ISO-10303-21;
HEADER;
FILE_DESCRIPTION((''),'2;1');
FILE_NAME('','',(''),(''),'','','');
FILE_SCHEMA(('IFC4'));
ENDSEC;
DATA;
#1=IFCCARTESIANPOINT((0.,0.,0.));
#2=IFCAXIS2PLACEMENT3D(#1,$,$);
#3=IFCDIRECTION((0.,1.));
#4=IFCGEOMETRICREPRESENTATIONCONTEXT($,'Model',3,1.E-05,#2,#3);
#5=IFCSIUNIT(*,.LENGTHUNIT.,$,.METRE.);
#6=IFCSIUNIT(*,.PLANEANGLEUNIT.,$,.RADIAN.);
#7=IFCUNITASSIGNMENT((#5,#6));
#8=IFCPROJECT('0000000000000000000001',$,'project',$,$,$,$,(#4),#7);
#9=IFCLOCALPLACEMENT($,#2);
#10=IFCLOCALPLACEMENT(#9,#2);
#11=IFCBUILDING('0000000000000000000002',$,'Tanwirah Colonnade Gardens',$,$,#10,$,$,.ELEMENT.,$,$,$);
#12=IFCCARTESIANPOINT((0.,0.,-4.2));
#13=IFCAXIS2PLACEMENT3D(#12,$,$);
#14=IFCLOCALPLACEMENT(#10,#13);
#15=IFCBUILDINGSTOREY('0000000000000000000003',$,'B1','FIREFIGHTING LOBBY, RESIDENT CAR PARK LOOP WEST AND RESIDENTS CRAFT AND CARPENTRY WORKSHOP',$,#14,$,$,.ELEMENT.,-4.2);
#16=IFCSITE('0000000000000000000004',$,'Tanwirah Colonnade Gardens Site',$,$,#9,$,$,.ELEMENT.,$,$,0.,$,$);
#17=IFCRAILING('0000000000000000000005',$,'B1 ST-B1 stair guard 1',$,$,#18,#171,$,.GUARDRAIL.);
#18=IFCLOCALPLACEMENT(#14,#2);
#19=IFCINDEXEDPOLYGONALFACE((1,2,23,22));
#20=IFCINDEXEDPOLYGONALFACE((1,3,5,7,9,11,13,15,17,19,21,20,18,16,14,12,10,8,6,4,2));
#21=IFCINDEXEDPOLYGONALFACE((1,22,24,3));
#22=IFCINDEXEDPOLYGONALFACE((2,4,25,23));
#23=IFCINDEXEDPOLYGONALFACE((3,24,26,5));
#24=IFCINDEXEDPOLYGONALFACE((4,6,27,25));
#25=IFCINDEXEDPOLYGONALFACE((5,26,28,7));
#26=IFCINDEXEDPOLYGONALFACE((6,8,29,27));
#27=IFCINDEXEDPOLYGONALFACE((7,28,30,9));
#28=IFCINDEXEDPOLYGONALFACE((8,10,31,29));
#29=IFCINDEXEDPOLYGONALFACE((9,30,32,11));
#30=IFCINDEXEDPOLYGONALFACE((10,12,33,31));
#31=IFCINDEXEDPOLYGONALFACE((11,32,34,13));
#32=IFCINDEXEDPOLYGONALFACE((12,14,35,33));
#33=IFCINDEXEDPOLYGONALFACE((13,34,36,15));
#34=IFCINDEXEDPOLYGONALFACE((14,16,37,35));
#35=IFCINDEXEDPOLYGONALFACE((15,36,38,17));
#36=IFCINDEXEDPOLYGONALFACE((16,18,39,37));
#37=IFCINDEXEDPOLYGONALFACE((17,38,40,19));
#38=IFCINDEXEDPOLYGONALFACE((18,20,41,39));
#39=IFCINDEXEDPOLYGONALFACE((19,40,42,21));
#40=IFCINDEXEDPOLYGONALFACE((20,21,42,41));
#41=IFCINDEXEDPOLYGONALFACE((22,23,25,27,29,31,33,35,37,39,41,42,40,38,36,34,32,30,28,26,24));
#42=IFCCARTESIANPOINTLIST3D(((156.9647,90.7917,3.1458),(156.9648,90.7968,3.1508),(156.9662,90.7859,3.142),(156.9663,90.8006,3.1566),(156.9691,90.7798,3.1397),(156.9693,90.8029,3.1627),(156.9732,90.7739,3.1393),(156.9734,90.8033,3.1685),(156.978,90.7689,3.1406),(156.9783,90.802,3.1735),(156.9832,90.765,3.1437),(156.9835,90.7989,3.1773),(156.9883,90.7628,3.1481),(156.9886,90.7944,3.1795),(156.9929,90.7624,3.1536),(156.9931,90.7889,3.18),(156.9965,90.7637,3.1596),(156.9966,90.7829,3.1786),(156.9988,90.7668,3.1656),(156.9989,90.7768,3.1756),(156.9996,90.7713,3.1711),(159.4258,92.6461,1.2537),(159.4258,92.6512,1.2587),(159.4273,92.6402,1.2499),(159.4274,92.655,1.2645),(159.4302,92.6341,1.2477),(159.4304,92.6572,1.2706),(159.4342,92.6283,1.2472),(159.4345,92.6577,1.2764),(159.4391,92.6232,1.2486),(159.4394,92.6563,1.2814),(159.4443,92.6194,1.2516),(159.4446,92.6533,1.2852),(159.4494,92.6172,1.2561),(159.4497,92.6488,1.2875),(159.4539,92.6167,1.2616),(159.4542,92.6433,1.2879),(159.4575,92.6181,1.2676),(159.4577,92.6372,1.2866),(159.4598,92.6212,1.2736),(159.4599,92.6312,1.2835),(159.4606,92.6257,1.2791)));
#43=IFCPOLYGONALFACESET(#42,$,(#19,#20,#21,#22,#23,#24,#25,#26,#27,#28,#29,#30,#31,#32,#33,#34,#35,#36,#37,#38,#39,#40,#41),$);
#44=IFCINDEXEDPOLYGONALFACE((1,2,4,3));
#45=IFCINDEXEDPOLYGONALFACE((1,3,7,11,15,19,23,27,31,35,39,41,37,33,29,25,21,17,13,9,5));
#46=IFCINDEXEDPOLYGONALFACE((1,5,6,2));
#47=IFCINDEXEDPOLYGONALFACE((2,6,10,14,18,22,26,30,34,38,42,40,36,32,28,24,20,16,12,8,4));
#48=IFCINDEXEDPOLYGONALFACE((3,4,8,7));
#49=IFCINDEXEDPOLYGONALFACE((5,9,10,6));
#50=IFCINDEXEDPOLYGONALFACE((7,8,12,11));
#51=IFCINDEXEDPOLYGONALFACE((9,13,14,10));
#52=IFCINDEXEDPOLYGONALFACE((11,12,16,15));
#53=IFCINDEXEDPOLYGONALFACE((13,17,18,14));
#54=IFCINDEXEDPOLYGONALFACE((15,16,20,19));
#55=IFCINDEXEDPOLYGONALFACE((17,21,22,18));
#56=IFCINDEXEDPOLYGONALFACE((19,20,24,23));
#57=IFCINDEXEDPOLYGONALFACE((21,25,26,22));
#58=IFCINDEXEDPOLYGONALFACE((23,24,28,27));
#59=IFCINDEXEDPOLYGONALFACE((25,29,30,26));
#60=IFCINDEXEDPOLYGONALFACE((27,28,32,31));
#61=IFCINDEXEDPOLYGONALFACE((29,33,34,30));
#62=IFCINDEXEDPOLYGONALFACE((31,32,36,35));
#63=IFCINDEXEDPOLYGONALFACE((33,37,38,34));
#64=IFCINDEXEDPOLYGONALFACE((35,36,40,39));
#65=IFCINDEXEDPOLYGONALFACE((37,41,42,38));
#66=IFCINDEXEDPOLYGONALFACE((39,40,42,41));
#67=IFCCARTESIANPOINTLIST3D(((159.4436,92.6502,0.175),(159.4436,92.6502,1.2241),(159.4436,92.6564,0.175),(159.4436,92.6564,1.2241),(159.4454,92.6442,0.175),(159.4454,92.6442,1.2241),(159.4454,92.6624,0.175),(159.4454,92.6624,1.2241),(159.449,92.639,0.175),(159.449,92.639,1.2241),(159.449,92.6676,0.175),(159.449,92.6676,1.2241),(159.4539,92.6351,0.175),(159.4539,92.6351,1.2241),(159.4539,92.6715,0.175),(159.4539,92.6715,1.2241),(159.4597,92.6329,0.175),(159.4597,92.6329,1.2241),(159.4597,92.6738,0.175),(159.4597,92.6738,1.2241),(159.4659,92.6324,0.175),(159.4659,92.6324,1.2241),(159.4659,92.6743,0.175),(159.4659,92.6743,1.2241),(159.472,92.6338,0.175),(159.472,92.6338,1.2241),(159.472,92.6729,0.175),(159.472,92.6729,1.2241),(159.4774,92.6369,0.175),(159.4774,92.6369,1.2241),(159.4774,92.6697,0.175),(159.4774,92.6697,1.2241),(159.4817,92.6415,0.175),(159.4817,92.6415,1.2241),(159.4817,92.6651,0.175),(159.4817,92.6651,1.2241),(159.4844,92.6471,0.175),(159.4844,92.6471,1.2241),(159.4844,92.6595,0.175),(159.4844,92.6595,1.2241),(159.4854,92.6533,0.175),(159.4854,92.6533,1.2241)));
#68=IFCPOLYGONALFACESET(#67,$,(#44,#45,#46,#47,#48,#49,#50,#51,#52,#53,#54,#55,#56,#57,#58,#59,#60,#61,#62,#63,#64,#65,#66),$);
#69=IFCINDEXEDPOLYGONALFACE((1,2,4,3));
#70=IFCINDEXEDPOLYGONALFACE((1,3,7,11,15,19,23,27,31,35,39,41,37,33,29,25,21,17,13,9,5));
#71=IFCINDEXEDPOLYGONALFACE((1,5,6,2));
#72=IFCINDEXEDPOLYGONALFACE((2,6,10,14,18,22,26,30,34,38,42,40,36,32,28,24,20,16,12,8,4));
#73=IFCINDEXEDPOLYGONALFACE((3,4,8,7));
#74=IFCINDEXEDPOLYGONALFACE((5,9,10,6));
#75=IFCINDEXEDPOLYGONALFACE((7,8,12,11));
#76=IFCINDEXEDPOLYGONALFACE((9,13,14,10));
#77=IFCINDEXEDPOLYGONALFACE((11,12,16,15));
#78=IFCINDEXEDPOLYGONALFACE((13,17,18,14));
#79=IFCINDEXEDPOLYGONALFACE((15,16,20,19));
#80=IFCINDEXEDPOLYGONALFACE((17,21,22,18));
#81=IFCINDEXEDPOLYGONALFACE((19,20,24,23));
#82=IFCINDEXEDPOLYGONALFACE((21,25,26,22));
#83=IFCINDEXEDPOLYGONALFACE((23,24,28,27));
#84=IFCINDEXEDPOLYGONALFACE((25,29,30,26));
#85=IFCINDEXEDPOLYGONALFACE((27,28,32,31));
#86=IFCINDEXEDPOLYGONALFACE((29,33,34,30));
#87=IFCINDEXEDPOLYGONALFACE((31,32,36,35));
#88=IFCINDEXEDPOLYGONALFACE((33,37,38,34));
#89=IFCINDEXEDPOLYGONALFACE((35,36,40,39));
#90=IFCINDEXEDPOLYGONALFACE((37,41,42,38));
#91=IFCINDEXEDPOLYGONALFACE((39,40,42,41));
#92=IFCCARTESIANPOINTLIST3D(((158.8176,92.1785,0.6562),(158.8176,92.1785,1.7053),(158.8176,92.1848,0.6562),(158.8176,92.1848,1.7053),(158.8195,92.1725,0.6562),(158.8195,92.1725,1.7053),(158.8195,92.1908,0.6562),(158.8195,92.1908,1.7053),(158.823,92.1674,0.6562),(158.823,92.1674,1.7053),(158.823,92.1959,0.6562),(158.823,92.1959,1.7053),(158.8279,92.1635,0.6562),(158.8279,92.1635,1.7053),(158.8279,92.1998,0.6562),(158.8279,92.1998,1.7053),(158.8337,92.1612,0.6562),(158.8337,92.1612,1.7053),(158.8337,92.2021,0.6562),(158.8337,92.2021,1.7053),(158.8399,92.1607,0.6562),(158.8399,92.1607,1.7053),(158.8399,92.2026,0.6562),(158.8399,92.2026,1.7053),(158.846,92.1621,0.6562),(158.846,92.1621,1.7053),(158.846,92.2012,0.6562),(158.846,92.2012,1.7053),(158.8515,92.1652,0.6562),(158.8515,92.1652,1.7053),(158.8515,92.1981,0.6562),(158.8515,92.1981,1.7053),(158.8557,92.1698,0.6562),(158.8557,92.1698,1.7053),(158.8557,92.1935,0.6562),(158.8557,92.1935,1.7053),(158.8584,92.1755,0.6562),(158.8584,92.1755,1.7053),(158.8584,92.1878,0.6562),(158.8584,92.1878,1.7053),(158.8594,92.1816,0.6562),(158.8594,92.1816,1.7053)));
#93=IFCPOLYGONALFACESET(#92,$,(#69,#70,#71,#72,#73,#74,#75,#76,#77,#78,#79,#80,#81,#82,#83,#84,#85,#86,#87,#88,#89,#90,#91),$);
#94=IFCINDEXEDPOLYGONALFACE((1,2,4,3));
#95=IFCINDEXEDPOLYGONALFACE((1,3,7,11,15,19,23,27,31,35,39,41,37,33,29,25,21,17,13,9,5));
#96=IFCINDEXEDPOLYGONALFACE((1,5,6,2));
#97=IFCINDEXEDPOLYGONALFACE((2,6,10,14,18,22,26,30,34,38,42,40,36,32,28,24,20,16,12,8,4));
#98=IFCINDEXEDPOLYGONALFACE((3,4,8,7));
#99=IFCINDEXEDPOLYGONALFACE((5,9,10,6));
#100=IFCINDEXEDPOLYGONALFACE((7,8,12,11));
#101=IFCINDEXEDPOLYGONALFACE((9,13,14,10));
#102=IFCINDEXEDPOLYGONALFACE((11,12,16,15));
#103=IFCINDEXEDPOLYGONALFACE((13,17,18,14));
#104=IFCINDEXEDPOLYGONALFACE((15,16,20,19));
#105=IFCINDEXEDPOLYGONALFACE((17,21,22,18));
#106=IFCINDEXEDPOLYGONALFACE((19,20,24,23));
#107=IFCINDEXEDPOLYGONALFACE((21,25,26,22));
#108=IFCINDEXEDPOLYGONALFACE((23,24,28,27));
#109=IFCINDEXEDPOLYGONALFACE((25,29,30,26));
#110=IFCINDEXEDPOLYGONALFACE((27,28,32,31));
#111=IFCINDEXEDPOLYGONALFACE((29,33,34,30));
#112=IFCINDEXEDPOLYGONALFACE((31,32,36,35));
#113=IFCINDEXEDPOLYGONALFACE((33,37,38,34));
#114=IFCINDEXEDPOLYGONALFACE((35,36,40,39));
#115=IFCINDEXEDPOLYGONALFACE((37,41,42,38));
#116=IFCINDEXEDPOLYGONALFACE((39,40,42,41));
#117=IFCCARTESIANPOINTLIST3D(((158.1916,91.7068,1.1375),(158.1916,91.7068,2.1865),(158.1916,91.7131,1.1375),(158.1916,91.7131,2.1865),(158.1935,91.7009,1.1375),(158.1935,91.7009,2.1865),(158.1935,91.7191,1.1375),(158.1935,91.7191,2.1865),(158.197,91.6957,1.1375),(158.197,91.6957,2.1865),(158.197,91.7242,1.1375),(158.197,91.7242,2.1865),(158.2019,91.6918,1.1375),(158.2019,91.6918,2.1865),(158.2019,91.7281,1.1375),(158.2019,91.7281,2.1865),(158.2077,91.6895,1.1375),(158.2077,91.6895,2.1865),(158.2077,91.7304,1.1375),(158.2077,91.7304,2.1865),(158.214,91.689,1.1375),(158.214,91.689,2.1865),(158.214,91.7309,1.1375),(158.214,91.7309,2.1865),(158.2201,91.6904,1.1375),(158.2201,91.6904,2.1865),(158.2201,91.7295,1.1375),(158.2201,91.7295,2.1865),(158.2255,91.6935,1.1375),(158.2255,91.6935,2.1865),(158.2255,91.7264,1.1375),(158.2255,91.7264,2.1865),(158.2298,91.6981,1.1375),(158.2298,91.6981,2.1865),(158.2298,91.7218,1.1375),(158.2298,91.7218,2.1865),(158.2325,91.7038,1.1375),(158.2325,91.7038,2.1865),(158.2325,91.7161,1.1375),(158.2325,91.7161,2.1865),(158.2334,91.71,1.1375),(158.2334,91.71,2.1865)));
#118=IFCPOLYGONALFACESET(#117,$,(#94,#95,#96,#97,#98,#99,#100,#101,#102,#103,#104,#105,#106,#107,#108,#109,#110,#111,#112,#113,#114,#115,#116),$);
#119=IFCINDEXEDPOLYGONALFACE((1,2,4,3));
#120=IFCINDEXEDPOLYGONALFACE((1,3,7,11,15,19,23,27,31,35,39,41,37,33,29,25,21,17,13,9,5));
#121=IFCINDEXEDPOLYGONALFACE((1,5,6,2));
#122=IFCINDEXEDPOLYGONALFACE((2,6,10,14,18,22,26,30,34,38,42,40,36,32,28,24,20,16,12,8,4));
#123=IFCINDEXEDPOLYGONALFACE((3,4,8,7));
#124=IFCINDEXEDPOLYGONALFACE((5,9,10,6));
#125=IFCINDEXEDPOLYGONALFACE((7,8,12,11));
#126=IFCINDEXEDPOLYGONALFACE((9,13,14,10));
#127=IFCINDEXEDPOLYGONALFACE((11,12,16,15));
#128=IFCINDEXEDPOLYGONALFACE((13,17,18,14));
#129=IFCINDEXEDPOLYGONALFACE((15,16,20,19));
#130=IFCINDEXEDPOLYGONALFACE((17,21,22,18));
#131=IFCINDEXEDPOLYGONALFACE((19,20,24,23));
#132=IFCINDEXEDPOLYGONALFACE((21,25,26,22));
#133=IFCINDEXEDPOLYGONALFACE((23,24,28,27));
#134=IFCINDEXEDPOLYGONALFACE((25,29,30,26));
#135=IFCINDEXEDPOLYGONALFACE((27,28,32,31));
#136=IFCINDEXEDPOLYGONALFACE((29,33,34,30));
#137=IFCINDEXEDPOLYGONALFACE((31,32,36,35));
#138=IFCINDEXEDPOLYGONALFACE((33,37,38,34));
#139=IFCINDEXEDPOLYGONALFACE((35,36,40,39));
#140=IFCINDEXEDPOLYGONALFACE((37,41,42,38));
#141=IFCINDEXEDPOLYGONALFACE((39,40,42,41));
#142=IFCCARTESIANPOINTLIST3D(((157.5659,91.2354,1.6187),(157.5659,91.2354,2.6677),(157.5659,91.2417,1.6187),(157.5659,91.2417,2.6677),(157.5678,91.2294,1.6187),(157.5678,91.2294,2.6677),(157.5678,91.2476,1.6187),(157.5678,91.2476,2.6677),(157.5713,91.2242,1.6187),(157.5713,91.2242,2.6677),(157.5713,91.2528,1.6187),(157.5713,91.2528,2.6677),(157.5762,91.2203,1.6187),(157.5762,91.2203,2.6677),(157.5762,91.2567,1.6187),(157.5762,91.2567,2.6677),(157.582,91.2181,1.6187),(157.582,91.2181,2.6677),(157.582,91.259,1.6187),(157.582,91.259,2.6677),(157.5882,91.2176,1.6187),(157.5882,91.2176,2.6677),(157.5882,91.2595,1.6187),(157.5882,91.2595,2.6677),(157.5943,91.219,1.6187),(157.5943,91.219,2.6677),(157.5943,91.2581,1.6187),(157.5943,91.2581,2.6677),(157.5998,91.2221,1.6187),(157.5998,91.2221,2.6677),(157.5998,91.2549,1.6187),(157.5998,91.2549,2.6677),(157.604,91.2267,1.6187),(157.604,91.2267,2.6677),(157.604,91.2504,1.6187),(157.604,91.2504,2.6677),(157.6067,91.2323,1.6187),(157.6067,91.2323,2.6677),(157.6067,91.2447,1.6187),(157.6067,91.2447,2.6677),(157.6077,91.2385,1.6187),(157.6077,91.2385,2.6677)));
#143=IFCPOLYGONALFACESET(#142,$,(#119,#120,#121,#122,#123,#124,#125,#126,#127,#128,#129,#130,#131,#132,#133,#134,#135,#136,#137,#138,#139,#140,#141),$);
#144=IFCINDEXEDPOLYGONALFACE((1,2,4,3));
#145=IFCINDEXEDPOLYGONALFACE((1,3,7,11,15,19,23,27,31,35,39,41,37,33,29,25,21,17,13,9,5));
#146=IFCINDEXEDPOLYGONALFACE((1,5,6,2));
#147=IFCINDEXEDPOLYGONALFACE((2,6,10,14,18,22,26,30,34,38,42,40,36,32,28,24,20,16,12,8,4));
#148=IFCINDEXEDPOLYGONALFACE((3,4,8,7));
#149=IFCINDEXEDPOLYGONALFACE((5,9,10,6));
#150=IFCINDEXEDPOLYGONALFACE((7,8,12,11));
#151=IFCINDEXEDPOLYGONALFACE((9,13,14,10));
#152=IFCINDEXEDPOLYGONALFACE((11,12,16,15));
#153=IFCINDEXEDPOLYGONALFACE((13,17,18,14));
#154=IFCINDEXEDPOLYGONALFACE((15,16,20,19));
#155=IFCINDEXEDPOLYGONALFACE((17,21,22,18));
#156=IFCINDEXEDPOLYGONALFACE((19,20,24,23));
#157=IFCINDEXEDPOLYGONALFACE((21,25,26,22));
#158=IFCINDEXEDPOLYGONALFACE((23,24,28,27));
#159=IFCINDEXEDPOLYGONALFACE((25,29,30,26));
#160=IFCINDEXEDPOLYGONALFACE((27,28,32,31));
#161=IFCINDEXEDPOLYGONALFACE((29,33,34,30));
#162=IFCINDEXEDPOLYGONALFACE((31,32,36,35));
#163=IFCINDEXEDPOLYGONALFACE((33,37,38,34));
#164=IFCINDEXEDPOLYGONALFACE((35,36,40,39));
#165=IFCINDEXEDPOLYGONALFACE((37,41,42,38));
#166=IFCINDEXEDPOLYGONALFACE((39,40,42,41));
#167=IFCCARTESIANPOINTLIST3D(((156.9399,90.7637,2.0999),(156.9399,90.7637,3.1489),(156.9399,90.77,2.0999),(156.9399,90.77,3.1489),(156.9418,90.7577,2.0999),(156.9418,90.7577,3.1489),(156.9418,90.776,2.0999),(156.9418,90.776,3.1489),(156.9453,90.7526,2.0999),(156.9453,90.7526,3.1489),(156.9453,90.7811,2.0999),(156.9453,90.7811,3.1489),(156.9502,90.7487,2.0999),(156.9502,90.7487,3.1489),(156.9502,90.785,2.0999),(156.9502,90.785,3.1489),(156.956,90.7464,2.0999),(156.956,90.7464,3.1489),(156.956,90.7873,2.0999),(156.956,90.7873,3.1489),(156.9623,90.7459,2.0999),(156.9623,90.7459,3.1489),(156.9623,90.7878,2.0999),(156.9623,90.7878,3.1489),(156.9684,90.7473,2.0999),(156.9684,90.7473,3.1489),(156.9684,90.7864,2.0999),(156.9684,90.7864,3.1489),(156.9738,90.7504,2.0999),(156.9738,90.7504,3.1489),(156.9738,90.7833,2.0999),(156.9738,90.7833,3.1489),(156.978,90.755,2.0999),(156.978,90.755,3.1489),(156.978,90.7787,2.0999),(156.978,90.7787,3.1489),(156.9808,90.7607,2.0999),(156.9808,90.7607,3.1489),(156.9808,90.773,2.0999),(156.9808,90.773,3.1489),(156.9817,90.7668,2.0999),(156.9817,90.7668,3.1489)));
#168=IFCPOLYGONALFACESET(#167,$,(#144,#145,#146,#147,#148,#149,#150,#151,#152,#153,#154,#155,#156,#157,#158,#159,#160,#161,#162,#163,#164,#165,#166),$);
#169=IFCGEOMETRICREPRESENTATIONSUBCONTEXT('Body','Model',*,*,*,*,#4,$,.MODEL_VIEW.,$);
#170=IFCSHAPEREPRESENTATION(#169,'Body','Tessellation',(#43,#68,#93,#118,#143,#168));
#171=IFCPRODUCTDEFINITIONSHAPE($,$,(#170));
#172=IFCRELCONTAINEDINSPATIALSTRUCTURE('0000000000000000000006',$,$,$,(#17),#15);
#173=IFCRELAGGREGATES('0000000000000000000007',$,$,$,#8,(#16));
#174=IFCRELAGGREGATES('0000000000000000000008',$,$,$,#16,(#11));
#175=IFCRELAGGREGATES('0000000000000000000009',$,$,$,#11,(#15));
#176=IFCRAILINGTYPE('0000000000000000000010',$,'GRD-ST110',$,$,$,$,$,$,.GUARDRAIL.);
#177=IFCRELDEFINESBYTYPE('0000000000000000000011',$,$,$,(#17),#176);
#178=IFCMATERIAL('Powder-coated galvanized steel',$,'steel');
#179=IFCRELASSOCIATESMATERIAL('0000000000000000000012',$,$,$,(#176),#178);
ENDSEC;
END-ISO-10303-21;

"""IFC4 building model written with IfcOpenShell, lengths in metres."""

from ifc_helpers import new_model, si_unit, direction, frame, origin, origin_2d, place, context, subcontext, project, spatial, circle, extrude, material, type_object, element, save


model = new_model("IFC4")

# Units and contexts
model_context = context("Model", 3, precision=1e-05, world=origin(), true_north=direction((0.0, 1.0)))
body_context = subcontext(model_context, "Body", "Model", "MODEL_VIEW")
ifc_project = project(units=[si_unit("LENGTHUNIT", "METRE"), si_unit("PLANEANGLEUNIT", "RADIAN")], contexts=[model_context])

# Site, building, storey
site_placement = place(None, origin())
site = spatial("IfcSite", under=ifc_project, at=site_placement, Name="Tanwirah Colonnade Gardens Site", CompositionType="ELEMENT", RefElevation=0.0)
building_placement = place(site_placement, origin())
building = spatial("IfcBuilding", under=site, at=building_placement, Name="Tanwirah Colonnade Gardens", CompositionType="ELEMENT")
storey_placement = place(building_placement, frame((0.0, 0.0, -4.2)))
storey = spatial("IfcBuildingStorey", under=building, at=storey_placement, Name="B1", Description="FIREFIGHTING LOBBY, RESIDENT CAR PARK LOOP WEST AND RESIDENTS CRAFT AND CARPENTRY WORKSHOP", CompositionType="ELEMENT", Elevation=-4.2)

# Railing
ifc_material_1 = material(Name="Powder-coated galvanized steel", Category="steel")
railing_type_1 = type_object("IfcRailingType", Name="GRD-ST110", PredefinedType="GUARDRAIL", material=ifc_material_1)
railing_1_placement = place(storey_placement, frame((159.4644, 92.6533, 0.175)))
element("IfcRailing", 1, at=railing_1_placement, inside=storey, type_object=railing_type_1, Name="B1 ST-B1 stair guard 1", PredefinedType="GUARDRAIL", context=body_context, shape_type="SweptSolid", body=[
    extrude(circle(Radius=0.0239, at=origin_2d()), frame((-0.0212, -0.0161, 1.0925), z_axis=(-0.680605, -0.512826, 0.523246), x_axis=(0.60178, -0.798662, 0.0)), (0.0, 0.0, 1.0), 3.616),
    extrude(circle(Radius=0.021, at=origin_2d()), origin(), (0.0, 0.0, 1.0), 1.0491),
    extrude(circle(Radius=0.021, at=origin_2d()), frame((-0.626, -0.4717, 0.4812)), (0.0, 0.0, 1.0), 1.0491),
    extrude(circle(Radius=0.021, at=origin_2d()), frame((-1.252, -0.9434, 0.9624)), (0.0, 0.0, 1.0), 1.0491),
    extrude(circle(Radius=0.021, at=origin_2d()), frame((-1.8777, -1.4148, 1.4436)), (0.0, 0.0, 1.0), 1.0491),
    extrude(circle(Radius=0.021, at=origin_2d()), frame((-2.5037, -1.8865, 1.9248)), (0.0, 0.0, 1.0), 1.0491),
])

save(model, "model.ifc")
